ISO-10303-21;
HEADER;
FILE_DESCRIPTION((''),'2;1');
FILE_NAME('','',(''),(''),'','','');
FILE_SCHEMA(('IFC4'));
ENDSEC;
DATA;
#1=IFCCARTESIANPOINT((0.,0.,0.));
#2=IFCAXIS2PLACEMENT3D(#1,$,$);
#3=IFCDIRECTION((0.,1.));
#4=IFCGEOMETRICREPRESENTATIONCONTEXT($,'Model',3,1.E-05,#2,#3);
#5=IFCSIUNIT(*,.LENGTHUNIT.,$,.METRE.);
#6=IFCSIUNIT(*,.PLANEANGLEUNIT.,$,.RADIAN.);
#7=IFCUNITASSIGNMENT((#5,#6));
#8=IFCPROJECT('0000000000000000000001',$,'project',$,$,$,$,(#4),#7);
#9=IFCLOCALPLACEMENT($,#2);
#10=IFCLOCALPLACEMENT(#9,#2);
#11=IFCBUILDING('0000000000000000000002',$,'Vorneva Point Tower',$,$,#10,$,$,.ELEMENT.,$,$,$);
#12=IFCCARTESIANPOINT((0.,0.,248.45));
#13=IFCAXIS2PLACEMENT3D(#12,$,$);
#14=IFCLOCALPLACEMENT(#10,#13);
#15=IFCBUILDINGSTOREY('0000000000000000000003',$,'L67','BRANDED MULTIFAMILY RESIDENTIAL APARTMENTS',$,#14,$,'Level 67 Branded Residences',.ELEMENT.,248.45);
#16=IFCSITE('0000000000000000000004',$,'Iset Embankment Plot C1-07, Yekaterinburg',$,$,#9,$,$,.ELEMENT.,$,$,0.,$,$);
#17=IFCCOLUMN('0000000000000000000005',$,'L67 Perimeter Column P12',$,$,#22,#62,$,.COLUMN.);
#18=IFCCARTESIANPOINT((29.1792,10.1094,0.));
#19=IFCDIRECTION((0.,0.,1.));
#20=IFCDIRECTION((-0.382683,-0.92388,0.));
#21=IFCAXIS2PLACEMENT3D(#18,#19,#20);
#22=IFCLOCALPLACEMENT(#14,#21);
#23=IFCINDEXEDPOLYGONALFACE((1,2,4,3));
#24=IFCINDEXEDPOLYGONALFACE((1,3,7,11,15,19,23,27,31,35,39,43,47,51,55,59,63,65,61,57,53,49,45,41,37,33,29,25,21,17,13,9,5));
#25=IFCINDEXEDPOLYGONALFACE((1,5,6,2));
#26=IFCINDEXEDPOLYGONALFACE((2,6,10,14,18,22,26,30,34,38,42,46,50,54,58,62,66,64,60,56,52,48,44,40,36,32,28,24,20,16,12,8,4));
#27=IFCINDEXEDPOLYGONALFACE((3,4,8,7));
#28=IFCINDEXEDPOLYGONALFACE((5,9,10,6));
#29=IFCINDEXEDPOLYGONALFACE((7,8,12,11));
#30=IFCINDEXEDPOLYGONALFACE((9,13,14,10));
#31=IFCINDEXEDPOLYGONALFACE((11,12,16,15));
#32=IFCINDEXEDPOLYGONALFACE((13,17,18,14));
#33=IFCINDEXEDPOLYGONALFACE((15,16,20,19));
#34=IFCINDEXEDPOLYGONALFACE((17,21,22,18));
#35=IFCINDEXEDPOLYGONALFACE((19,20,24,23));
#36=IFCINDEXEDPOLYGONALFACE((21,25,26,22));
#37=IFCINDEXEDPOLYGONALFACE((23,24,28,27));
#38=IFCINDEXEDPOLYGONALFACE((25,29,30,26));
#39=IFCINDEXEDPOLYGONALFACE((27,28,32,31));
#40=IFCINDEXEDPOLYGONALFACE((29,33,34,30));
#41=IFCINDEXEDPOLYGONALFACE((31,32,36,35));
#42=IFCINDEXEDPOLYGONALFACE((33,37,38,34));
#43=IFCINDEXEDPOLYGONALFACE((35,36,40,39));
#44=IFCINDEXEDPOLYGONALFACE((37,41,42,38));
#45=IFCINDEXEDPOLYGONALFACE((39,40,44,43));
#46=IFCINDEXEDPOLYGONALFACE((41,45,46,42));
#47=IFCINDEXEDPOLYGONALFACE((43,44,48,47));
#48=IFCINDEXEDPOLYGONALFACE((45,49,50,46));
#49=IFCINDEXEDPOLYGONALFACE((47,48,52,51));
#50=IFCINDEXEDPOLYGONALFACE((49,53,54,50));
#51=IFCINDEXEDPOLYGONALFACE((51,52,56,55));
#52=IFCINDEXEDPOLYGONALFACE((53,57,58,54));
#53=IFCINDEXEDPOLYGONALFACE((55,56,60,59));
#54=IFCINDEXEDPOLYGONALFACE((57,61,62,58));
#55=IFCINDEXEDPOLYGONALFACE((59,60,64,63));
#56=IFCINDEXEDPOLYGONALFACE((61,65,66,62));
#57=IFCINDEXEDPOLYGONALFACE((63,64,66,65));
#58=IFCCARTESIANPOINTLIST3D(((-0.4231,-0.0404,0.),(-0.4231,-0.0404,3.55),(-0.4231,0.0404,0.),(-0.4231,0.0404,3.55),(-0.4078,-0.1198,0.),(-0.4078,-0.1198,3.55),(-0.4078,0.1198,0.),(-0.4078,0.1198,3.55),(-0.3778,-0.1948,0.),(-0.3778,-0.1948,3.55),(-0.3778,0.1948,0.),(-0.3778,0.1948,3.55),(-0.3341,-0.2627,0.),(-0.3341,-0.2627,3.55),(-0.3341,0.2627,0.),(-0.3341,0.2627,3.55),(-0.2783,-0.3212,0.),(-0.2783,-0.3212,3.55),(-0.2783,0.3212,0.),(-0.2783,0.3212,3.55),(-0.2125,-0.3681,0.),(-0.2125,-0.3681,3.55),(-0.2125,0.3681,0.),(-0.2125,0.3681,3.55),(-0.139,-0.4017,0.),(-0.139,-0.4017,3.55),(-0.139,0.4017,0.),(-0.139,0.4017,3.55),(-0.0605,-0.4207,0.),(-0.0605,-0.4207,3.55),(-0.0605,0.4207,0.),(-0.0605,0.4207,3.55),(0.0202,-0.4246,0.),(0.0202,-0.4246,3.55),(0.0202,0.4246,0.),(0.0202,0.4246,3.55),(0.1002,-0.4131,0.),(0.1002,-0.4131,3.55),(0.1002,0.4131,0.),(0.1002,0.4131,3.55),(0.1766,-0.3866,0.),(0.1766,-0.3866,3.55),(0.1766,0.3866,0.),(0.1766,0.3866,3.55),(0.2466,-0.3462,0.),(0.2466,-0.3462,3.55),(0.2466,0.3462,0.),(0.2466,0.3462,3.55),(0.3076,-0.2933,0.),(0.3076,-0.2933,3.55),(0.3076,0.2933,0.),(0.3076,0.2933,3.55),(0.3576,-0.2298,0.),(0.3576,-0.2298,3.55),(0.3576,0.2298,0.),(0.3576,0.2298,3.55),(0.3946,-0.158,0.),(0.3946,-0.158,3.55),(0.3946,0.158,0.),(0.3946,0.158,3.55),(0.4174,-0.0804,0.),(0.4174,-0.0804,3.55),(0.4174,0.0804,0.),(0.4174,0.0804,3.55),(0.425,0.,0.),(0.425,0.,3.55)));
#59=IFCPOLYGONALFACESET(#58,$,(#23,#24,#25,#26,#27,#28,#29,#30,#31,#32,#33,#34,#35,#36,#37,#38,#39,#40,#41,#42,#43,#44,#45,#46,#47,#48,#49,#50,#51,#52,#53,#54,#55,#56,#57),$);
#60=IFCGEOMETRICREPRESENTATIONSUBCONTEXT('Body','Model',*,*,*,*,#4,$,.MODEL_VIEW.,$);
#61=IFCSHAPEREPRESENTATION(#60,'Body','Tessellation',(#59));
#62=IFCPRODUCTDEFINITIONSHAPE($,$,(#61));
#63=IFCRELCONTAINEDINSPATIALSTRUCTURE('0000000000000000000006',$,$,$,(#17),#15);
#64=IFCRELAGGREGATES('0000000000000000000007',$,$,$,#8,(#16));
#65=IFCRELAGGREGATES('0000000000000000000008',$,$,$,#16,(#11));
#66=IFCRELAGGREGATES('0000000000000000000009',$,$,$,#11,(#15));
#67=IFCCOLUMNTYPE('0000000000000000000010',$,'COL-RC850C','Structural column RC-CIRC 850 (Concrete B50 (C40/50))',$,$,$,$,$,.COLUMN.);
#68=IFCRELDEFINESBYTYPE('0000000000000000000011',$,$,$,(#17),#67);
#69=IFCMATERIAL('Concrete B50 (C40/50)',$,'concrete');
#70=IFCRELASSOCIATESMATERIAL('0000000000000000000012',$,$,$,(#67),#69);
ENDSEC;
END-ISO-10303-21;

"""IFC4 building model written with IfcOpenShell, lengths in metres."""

from ifc_helpers import new_model, si_unit, direction, frame, origin, origin_2d, place, context, subcontext, project, spatial, circle, extrude, material, material_profile, profile_set, type_object, element, save


model = new_model("IFC4")

# Units and contexts
model_context = context("Model", 3, precision=1e-05, world=origin(), true_north=direction((0.0, 1.0)))
body_context = subcontext(model_context, "Body", "Model", "MODEL_VIEW")
ifc_project = project(units=[si_unit("LENGTHUNIT", "METRE"), si_unit("PLANEANGLEUNIT", "RADIAN")], contexts=[model_context])

# Site, building, storey
site_placement = place(None, origin())
site = spatial("IfcSite", under=ifc_project, at=site_placement, Name="Iset Embankment Plot C1-07, Yekaterinburg", CompositionType="ELEMENT", RefElevation=0.0)
building_placement = place(site_placement, origin())
building = spatial("IfcBuilding", under=site, at=building_placement, Name="Vorneva Point Tower", CompositionType="ELEMENT")
storey_placement = place(building_placement, frame((0.0, 0.0, 248.45)))
storey = spatial("IfcBuildingStorey", under=building, at=storey_placement, Name="L67", Description="BRANDED MULTIFAMILY RESIDENTIAL APARTMENTS", LongName="Level 67 Branded Residences", CompositionType="ELEMENT", Elevation=248.45)

# Column
ifc_material_1 = material(Name="Concrete B50 (C40/50)", Category="concrete")
ifc_material_profile_1 = material_profile(ifc_material_1, circle(Radius=0.425, at=origin_2d()), Name="RC-CIRC 850")
ifc_profile_set_1 = profile_set([ifc_material_profile_1], Name="Concrete B50 (C40/50)")
column_type_1 = type_object("IfcColumnType", Name="COL-RC850C", Description="Structural column RC-CIRC 850 (Concrete B50 (C40/50))", PredefinedType="COLUMN", material=ifc_profile_set_1)
column_1_placement = place(storey_placement, frame((29.1792, 10.1094, 0.0), z_axis=(0.0, 0.0, 1.0), x_axis=(-0.382683, -0.92388, 0.0)))
element("IfcColumn", 1, at=column_1_placement, inside=storey, type_object=column_type_1, Name="L67 Perimeter Column P12", PredefinedType="COLUMN", context=body_context, shape_type="SweptSolid", body=[
    extrude(circle(Radius=0.425, at=origin_2d()), origin(), (0.0, 0.0, 1.0), 3.55),
])

save(model, "model.ifc")
